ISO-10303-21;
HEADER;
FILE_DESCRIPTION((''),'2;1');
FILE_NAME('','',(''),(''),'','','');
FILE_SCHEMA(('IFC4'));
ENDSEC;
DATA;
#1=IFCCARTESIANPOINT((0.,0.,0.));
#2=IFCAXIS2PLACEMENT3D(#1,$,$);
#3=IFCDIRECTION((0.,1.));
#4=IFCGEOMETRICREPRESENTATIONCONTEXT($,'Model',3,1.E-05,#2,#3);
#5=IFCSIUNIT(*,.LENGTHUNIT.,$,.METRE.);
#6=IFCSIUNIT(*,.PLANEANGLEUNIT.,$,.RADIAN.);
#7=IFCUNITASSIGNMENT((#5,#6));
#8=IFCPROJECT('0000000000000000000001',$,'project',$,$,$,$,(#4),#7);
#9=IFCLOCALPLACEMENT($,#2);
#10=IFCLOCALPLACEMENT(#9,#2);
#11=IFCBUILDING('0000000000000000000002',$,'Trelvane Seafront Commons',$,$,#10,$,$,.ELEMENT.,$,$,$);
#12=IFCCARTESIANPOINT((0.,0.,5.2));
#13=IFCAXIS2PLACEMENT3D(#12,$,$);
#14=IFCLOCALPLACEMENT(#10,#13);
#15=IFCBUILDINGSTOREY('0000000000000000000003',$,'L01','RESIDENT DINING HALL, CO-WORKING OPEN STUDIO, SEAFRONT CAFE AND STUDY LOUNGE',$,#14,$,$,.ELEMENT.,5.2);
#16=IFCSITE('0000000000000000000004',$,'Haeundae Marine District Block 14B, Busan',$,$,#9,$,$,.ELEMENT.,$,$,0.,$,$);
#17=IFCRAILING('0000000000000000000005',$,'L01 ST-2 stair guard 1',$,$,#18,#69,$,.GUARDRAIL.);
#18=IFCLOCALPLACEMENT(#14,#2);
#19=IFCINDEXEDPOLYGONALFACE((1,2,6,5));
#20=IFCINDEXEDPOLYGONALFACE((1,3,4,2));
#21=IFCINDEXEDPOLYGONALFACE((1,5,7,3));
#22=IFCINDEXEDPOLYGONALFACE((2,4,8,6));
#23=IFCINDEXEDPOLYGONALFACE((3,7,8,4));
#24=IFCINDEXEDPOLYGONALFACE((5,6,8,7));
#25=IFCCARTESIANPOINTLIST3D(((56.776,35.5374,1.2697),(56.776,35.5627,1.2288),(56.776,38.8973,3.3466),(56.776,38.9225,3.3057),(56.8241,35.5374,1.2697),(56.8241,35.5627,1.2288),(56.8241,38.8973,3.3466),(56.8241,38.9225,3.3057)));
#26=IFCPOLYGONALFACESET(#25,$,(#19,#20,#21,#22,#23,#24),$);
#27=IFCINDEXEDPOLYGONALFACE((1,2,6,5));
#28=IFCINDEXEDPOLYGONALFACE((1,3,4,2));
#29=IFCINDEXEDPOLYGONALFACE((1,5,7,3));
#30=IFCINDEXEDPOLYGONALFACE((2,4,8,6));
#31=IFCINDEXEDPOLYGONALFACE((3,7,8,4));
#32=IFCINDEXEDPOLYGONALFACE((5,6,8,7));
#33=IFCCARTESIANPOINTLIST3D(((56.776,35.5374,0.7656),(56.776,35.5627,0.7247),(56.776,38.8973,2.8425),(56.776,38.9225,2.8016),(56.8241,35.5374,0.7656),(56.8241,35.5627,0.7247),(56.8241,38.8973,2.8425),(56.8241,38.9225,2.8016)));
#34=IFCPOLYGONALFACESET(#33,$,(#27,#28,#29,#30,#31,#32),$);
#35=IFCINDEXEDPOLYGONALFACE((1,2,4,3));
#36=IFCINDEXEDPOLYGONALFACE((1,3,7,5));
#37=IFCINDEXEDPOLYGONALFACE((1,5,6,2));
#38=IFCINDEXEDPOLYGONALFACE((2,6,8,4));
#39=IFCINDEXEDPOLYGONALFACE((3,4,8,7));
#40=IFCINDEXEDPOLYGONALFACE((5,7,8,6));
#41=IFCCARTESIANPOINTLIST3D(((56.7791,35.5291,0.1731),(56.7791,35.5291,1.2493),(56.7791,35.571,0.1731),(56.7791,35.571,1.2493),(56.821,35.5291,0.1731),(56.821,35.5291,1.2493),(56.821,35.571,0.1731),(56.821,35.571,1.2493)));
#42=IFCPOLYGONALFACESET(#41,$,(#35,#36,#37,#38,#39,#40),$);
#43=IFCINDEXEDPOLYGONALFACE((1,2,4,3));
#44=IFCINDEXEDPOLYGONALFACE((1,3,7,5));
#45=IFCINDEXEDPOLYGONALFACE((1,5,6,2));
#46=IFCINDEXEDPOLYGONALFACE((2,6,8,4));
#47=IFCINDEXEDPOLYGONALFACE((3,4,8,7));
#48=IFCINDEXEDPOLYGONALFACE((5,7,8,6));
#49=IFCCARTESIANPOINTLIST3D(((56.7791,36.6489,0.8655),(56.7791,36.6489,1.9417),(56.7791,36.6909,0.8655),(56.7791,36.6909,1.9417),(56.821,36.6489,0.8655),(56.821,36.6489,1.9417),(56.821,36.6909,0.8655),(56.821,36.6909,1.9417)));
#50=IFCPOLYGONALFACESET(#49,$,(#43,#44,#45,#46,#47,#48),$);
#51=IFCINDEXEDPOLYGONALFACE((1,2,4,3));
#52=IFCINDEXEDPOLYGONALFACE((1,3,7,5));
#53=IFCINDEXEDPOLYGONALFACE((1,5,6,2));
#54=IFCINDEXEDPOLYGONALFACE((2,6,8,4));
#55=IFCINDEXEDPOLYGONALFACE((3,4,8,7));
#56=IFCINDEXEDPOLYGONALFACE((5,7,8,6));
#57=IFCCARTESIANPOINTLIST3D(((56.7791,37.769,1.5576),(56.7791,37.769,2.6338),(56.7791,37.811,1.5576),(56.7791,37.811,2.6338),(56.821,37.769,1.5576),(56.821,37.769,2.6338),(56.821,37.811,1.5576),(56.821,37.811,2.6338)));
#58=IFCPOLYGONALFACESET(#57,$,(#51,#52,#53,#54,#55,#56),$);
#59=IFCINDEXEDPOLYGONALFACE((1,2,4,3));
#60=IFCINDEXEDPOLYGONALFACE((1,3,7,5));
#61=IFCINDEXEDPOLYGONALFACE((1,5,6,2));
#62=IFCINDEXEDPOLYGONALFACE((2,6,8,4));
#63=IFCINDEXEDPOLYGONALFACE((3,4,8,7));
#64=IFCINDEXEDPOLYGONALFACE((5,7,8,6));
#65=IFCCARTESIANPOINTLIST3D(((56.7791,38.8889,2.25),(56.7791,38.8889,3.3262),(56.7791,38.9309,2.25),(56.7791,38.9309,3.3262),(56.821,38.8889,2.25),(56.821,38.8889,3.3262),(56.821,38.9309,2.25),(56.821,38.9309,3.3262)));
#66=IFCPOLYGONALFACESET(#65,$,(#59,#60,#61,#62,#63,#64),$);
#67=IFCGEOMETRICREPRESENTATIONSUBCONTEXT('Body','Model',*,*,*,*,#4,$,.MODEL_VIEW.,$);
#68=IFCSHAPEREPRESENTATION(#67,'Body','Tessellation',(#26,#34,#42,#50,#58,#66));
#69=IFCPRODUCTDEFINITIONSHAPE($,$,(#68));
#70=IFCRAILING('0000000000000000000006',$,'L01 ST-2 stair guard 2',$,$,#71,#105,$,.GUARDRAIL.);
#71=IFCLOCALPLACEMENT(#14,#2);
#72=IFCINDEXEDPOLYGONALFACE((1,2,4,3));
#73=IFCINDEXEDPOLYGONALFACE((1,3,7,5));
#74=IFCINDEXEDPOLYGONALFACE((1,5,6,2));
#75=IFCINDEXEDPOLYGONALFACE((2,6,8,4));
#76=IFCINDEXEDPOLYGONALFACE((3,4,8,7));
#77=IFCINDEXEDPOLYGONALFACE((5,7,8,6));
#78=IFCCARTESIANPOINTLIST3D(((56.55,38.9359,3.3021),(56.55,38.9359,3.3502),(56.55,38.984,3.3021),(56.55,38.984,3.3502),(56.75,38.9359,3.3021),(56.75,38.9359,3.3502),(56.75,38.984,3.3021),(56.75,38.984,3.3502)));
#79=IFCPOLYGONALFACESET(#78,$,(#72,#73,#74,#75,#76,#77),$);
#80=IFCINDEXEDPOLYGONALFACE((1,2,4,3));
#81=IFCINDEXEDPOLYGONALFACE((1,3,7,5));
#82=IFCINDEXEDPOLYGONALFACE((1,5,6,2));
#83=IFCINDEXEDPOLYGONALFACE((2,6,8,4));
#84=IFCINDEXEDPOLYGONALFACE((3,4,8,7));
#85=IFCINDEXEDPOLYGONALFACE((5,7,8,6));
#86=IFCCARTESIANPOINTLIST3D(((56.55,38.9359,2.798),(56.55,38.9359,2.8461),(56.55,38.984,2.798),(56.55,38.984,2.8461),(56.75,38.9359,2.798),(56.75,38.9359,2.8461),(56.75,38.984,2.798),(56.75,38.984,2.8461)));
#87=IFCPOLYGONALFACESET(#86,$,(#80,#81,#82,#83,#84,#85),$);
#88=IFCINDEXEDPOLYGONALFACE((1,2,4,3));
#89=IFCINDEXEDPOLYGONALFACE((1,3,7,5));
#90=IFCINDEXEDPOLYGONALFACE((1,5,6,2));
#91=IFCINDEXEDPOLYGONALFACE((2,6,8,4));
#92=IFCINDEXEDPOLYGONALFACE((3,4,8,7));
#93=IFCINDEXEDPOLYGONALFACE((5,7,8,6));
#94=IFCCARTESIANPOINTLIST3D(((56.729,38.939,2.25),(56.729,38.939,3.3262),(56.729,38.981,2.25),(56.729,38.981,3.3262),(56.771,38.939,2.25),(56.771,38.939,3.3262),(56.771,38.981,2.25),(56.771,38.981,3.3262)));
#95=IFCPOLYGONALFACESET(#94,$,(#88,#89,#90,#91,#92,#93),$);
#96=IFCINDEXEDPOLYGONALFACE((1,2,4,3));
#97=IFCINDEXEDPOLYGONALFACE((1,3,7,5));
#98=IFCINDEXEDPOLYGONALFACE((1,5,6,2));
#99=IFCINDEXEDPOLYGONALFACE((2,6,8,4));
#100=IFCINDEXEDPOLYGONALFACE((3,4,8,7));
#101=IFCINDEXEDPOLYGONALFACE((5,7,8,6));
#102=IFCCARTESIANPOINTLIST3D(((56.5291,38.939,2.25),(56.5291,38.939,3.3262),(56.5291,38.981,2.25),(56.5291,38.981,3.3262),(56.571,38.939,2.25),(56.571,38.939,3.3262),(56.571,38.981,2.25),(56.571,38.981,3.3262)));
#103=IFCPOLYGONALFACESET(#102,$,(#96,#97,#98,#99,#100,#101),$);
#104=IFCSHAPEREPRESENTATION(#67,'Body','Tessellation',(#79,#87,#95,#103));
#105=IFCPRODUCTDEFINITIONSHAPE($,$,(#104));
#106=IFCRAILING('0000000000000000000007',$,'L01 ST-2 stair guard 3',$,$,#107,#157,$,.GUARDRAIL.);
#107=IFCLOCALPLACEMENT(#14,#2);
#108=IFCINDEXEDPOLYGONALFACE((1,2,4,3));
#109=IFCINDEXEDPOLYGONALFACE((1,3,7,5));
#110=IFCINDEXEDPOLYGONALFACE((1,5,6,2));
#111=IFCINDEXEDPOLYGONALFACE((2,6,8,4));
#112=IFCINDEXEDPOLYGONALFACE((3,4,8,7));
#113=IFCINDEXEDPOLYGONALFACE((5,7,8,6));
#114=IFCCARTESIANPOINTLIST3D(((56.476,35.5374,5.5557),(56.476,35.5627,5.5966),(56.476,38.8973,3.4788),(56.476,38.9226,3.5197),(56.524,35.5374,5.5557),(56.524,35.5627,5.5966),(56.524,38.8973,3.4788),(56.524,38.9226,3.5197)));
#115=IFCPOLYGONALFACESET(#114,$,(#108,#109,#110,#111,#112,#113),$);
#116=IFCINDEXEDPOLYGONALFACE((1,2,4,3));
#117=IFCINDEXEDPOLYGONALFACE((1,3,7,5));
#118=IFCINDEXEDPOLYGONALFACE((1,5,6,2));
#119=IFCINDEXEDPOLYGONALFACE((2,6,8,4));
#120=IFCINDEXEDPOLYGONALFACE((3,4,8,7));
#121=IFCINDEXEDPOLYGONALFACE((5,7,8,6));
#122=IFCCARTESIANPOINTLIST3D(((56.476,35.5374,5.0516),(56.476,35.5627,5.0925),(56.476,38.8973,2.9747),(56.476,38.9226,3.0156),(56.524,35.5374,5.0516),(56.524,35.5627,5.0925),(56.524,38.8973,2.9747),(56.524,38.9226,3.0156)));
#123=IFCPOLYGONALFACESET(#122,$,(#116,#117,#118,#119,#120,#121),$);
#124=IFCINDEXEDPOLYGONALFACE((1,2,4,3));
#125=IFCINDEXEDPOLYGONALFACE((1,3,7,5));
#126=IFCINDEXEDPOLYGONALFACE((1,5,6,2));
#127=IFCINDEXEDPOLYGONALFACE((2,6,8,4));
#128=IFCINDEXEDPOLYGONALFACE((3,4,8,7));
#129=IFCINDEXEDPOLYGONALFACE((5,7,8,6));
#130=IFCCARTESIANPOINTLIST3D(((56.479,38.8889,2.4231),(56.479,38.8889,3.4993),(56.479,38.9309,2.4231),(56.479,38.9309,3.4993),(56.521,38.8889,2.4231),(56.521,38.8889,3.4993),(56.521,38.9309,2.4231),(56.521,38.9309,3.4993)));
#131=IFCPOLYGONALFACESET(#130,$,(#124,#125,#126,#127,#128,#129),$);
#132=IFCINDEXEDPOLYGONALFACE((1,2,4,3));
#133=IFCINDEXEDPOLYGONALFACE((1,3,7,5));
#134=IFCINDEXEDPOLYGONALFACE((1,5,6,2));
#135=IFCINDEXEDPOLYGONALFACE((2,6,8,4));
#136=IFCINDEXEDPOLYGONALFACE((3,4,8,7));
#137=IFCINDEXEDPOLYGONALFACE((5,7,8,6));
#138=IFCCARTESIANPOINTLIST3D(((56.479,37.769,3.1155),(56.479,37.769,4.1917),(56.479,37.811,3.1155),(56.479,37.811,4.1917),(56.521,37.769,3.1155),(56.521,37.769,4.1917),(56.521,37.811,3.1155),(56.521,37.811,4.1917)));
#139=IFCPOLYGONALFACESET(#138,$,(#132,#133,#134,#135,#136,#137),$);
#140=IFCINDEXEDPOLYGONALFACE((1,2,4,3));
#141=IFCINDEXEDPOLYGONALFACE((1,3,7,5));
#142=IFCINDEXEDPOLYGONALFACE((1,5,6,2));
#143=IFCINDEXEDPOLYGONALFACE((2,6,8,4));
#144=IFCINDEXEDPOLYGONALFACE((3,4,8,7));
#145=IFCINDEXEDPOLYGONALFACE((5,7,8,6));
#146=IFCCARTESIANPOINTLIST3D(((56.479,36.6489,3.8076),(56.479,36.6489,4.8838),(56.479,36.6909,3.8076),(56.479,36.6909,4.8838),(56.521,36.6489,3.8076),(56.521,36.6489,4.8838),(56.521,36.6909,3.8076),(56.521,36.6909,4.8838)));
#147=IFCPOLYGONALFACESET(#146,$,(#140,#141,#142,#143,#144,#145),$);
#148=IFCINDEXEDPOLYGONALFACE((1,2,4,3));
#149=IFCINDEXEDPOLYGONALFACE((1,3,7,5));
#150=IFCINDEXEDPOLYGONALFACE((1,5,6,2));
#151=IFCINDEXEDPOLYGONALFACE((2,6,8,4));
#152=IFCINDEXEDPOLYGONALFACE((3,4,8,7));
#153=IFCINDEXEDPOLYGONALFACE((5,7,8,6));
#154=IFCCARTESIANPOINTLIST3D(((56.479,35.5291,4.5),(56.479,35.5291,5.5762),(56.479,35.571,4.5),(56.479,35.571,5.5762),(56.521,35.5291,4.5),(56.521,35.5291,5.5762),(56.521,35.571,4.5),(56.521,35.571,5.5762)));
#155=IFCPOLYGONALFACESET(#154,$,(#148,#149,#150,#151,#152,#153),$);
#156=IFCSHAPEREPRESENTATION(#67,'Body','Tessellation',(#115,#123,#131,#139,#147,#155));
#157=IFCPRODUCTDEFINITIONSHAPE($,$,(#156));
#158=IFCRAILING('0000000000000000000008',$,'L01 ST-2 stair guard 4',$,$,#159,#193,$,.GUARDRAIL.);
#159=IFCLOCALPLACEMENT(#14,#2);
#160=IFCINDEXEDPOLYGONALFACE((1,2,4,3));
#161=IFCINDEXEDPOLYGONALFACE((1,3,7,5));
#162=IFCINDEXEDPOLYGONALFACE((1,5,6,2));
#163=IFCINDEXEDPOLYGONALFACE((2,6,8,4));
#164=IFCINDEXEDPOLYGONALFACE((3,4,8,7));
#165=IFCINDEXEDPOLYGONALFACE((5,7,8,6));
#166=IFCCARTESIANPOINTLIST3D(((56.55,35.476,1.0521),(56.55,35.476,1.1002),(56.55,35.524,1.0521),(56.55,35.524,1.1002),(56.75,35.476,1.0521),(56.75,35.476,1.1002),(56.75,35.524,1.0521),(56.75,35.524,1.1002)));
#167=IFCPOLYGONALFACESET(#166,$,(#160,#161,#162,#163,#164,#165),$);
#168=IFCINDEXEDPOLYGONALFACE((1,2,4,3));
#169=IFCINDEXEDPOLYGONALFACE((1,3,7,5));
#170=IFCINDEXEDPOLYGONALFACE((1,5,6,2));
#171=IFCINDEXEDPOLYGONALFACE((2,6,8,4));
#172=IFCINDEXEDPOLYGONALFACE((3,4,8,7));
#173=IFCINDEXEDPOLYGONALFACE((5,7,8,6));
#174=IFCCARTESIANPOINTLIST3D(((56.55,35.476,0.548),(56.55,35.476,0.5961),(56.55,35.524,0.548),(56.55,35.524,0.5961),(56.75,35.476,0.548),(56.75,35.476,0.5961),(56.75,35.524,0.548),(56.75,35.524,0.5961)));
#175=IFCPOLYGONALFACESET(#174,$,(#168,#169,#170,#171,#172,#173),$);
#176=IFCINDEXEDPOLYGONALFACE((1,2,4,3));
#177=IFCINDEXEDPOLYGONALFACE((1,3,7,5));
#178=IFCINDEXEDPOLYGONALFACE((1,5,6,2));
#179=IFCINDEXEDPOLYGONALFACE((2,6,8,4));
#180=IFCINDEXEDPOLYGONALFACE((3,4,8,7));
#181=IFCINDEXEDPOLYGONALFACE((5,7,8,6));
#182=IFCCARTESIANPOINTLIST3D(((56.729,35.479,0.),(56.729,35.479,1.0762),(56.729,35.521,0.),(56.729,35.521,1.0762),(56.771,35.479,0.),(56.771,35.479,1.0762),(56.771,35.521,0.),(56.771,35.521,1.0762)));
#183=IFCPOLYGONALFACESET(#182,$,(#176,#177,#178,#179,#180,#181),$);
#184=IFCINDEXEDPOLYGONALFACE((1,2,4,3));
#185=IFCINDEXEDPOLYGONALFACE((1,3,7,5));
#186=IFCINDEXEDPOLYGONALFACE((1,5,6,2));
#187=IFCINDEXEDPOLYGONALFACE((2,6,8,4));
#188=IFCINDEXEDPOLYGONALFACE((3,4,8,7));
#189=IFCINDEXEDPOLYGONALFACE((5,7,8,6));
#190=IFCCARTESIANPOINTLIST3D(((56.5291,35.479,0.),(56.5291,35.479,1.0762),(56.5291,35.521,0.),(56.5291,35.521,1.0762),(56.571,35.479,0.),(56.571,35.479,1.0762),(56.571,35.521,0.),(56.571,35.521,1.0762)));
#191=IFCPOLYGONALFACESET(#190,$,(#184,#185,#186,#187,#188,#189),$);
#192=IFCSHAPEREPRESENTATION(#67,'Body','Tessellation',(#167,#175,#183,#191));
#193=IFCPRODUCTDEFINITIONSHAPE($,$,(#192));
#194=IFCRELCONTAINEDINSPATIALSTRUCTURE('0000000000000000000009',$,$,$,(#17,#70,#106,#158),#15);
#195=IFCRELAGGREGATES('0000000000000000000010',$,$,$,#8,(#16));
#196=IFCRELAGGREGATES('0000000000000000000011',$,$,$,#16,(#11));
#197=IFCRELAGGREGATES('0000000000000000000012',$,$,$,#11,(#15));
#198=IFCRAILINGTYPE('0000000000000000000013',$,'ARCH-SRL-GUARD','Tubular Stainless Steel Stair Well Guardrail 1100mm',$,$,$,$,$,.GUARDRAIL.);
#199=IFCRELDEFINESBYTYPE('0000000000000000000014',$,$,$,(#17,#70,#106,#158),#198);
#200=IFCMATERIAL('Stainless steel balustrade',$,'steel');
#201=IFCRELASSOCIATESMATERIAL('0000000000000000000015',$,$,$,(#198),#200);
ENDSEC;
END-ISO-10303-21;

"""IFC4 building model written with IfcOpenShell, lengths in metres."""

from ifc_helpers import new_model, si_unit, direction, frame, origin, origin_2d, place, context, subcontext, project, spatial, rectangle, extrude, material, type_object, element, save


model = new_model("IFC4")

# Units and contexts
model_context = context("Model", 3, precision=1e-05, world=origin(), true_north=direction((0.0, 1.0)))
body_context = subcontext(model_context, "Body", "Model", "MODEL_VIEW")
ifc_project = project(units=[si_unit("LENGTHUNIT", "METRE"), si_unit("PLANEANGLEUNIT", "RADIAN")], contexts=[model_context])

# Site, building, storey
site_placement = place(None, origin())
site = spatial("IfcSite", under=ifc_project, at=site_placement, Name="Haeundae Marine District Block 14B, Busan", CompositionType="ELEMENT", RefElevation=0.0)
building_placement = place(site_placement, origin())
building = spatial("IfcBuilding", under=site, at=building_placement, Name="Trelvane Seafront Commons", CompositionType="ELEMENT")
storey_placement = place(building_placement, frame((0.0, 0.0, 5.2)))
storey = spatial("IfcBuildingStorey", under=building, at=storey_placement, Name="L01", Description="RESIDENT DINING HALL, CO-WORKING OPEN STUDIO, SEAFRONT CAFE AND STUDY LOUNGE", CompositionType="ELEMENT", Elevation=5.2)

# Railings
ifc_material_1 = material(Name="Stainless steel balustrade", Category="steel")
railing_type_1 = type_object("IfcRailingType", Name="ARCH-SRL-GUARD", Description="Tubular Stainless Steel Stair Well Guardrail 1100mm", PredefinedType="GUARDRAIL", material=ifc_material_1)
railing_1_placement = place(storey_placement, frame((56.8, 35.55, 0.1731)))
element("IfcRailing", 1, at=railing_1_placement, inside=storey, type_object=railing_type_1, Name="L01 ST-2 stair guard 1", PredefinedType="GUARDRAIL", context=body_context, shape_type="SweptSolid", body=[
    extrude(rectangle(XDim=0.0481, YDim=0.0481, at=origin_2d()), frame((0.0, 0.0, 1.0762), z_axis=(0.0, 0.850606, 0.525803), x_axis=(-1.0, 0.0, 0.0)), (0.0, 0.0, 1.0), 3.95),
    extrude(rectangle(XDim=0.0481, YDim=0.0481, at=origin_2d()), frame((0.0, 0.0, 0.572), z_axis=(0.0, 0.850606, 0.525803), x_axis=(-1.0, 0.0, 0.0)), (0.0, 0.0, 1.0), 3.95),
    extrude(rectangle(XDim=0.042, YDim=0.042, at=origin_2d()), origin(), (0.0, 0.0, 1.0), 1.0762),
    extrude(rectangle(XDim=0.042, YDim=0.042, at=origin_2d()), frame((0.0, 1.1199, 0.6924)), (0.0, 0.0, 1.0), 1.0762),
    extrude(rectangle(XDim=0.042, YDim=0.042, at=origin_2d()), frame((0.0, 2.24, 1.3845)), (0.0, 0.0, 1.0), 1.0762),
    extrude(rectangle(XDim=0.042, YDim=0.042, at=origin_2d()), frame((0.0, 3.3599, 2.0769)), (0.0, 0.0, 1.0), 1.0762),
])
railing_2_placement = place(storey_placement, frame((56.75, 38.96, 2.25)))
element("IfcRailing", 2, at=railing_2_placement, inside=storey, type_object=railing_type_1, Name="L01 ST-2 stair guard 2", PredefinedType="GUARDRAIL", context=body_context, shape_type="SweptSolid", body=[
    extrude(rectangle(XDim=0.0481, YDim=0.0481, at=origin_2d()), frame((0.0, 0.0, 1.0762), z_axis=(-1.0, 0.0, 0.0), x_axis=(0.0, -1.0, 0.0)), (0.0, 0.0, 1.0), 0.2),
    extrude(rectangle(XDim=0.0481, YDim=0.0481, at=origin_2d()), frame((0.0, 0.0, 0.572), z_axis=(-1.0, 0.0, 0.0), x_axis=(0.0, -1.0, 0.0)), (0.0, 0.0, 1.0), 0.2),
    extrude(rectangle(XDim=0.042, YDim=0.042, at=origin_2d()), origin(), (0.0, 0.0, 1.0), 1.0762),
    extrude(rectangle(XDim=0.042, YDim=0.042, at=origin_2d()), frame((-0.2, 0.0, 0.0)), (0.0, 0.0, 1.0), 1.0762),
])
railing_3_placement = place(storey_placement, frame((56.5, 38.9099, 2.4231)))
element("IfcRailing", 3, at=railing_3_placement, inside=storey, type_object=railing_type_1, Name="L01 ST-2 stair guard 3", PredefinedType="GUARDRAIL", context=body_context, shape_type="SweptSolid", body=[
    extrude(rectangle(XDim=0.0481, YDim=0.0481, at=origin_2d()), frame((0.0, 0.0, 1.0762), z_axis=(0.0, -0.850606, 0.525803), x_axis=(1.0, 0.0, 0.0)), (0.0, 0.0, 1.0), 3.95),
    extrude(rectangle(XDim=0.0481, YDim=0.0481, at=origin_2d()), frame((0.0, 0.0, 0.572), z_axis=(0.0, -0.850606, 0.525803), x_axis=(1.0, 0.0, 0.0)), (0.0, 0.0, 1.0), 3.95),
    extrude(rectangle(XDim=0.042, YDim=0.042, at=origin_2d()), origin(), (0.0, 0.0, 1.0), 1.0762),
    extrude(rectangle(XDim=0.042, YDim=0.042, at=origin_2d()), frame((0.0, -1.1199, 0.6924)), (0.0, 0.0, 1.0), 1.0762),
    extrude(rectangle(XDim=0.042, YDim=0.042, at=origin_2d()), frame((0.0, -2.24, 1.3845)), (0.0, 0.0, 1.0), 1.0762),
    extrude(rectangle(XDim=0.042, YDim=0.042, at=origin_2d()), frame((0.0, -3.3599, 2.0769)), (0.0, 0.0, 1.0), 1.0762),
])
railing_4_placement = place(storey_placement, frame((56.75, 35.5, 0.0)))
element("IfcRailing", 4, at=railing_4_placement, inside=storey, type_object=railing_type_1, Name="L01 ST-2 stair guard 4", PredefinedType="GUARDRAIL", context=body_context, shape_type="SweptSolid", body=[
    extrude(rectangle(XDim=0.0481, YDim=0.0481, at=origin_2d()), frame((0.0, 0.0, 1.0762), z_axis=(-1.0, 0.0, 0.0), x_axis=(0.0, -1.0, 0.0)), (0.0, 0.0, 1.0), 0.2),
    extrude(rectangle(XDim=0.0481, YDim=0.0481, at=origin_2d()), frame((0.0, 0.0, 0.572), z_axis=(-1.0, 0.0, 0.0), x_axis=(0.0, -1.0, 0.0)), (0.0, 0.0, 1.0), 0.2),
    extrude(rectangle(XDim=0.042, YDim=0.042, at=origin_2d()), origin(), (0.0, 0.0, 1.0), 1.0762),
    extrude(rectangle(XDim=0.042, YDim=0.042, at=origin_2d()), frame((-0.2, 0.0, 0.0)), (0.0, 0.0, 1.0), 1.0762),
])

save(model, "model.ifc")
